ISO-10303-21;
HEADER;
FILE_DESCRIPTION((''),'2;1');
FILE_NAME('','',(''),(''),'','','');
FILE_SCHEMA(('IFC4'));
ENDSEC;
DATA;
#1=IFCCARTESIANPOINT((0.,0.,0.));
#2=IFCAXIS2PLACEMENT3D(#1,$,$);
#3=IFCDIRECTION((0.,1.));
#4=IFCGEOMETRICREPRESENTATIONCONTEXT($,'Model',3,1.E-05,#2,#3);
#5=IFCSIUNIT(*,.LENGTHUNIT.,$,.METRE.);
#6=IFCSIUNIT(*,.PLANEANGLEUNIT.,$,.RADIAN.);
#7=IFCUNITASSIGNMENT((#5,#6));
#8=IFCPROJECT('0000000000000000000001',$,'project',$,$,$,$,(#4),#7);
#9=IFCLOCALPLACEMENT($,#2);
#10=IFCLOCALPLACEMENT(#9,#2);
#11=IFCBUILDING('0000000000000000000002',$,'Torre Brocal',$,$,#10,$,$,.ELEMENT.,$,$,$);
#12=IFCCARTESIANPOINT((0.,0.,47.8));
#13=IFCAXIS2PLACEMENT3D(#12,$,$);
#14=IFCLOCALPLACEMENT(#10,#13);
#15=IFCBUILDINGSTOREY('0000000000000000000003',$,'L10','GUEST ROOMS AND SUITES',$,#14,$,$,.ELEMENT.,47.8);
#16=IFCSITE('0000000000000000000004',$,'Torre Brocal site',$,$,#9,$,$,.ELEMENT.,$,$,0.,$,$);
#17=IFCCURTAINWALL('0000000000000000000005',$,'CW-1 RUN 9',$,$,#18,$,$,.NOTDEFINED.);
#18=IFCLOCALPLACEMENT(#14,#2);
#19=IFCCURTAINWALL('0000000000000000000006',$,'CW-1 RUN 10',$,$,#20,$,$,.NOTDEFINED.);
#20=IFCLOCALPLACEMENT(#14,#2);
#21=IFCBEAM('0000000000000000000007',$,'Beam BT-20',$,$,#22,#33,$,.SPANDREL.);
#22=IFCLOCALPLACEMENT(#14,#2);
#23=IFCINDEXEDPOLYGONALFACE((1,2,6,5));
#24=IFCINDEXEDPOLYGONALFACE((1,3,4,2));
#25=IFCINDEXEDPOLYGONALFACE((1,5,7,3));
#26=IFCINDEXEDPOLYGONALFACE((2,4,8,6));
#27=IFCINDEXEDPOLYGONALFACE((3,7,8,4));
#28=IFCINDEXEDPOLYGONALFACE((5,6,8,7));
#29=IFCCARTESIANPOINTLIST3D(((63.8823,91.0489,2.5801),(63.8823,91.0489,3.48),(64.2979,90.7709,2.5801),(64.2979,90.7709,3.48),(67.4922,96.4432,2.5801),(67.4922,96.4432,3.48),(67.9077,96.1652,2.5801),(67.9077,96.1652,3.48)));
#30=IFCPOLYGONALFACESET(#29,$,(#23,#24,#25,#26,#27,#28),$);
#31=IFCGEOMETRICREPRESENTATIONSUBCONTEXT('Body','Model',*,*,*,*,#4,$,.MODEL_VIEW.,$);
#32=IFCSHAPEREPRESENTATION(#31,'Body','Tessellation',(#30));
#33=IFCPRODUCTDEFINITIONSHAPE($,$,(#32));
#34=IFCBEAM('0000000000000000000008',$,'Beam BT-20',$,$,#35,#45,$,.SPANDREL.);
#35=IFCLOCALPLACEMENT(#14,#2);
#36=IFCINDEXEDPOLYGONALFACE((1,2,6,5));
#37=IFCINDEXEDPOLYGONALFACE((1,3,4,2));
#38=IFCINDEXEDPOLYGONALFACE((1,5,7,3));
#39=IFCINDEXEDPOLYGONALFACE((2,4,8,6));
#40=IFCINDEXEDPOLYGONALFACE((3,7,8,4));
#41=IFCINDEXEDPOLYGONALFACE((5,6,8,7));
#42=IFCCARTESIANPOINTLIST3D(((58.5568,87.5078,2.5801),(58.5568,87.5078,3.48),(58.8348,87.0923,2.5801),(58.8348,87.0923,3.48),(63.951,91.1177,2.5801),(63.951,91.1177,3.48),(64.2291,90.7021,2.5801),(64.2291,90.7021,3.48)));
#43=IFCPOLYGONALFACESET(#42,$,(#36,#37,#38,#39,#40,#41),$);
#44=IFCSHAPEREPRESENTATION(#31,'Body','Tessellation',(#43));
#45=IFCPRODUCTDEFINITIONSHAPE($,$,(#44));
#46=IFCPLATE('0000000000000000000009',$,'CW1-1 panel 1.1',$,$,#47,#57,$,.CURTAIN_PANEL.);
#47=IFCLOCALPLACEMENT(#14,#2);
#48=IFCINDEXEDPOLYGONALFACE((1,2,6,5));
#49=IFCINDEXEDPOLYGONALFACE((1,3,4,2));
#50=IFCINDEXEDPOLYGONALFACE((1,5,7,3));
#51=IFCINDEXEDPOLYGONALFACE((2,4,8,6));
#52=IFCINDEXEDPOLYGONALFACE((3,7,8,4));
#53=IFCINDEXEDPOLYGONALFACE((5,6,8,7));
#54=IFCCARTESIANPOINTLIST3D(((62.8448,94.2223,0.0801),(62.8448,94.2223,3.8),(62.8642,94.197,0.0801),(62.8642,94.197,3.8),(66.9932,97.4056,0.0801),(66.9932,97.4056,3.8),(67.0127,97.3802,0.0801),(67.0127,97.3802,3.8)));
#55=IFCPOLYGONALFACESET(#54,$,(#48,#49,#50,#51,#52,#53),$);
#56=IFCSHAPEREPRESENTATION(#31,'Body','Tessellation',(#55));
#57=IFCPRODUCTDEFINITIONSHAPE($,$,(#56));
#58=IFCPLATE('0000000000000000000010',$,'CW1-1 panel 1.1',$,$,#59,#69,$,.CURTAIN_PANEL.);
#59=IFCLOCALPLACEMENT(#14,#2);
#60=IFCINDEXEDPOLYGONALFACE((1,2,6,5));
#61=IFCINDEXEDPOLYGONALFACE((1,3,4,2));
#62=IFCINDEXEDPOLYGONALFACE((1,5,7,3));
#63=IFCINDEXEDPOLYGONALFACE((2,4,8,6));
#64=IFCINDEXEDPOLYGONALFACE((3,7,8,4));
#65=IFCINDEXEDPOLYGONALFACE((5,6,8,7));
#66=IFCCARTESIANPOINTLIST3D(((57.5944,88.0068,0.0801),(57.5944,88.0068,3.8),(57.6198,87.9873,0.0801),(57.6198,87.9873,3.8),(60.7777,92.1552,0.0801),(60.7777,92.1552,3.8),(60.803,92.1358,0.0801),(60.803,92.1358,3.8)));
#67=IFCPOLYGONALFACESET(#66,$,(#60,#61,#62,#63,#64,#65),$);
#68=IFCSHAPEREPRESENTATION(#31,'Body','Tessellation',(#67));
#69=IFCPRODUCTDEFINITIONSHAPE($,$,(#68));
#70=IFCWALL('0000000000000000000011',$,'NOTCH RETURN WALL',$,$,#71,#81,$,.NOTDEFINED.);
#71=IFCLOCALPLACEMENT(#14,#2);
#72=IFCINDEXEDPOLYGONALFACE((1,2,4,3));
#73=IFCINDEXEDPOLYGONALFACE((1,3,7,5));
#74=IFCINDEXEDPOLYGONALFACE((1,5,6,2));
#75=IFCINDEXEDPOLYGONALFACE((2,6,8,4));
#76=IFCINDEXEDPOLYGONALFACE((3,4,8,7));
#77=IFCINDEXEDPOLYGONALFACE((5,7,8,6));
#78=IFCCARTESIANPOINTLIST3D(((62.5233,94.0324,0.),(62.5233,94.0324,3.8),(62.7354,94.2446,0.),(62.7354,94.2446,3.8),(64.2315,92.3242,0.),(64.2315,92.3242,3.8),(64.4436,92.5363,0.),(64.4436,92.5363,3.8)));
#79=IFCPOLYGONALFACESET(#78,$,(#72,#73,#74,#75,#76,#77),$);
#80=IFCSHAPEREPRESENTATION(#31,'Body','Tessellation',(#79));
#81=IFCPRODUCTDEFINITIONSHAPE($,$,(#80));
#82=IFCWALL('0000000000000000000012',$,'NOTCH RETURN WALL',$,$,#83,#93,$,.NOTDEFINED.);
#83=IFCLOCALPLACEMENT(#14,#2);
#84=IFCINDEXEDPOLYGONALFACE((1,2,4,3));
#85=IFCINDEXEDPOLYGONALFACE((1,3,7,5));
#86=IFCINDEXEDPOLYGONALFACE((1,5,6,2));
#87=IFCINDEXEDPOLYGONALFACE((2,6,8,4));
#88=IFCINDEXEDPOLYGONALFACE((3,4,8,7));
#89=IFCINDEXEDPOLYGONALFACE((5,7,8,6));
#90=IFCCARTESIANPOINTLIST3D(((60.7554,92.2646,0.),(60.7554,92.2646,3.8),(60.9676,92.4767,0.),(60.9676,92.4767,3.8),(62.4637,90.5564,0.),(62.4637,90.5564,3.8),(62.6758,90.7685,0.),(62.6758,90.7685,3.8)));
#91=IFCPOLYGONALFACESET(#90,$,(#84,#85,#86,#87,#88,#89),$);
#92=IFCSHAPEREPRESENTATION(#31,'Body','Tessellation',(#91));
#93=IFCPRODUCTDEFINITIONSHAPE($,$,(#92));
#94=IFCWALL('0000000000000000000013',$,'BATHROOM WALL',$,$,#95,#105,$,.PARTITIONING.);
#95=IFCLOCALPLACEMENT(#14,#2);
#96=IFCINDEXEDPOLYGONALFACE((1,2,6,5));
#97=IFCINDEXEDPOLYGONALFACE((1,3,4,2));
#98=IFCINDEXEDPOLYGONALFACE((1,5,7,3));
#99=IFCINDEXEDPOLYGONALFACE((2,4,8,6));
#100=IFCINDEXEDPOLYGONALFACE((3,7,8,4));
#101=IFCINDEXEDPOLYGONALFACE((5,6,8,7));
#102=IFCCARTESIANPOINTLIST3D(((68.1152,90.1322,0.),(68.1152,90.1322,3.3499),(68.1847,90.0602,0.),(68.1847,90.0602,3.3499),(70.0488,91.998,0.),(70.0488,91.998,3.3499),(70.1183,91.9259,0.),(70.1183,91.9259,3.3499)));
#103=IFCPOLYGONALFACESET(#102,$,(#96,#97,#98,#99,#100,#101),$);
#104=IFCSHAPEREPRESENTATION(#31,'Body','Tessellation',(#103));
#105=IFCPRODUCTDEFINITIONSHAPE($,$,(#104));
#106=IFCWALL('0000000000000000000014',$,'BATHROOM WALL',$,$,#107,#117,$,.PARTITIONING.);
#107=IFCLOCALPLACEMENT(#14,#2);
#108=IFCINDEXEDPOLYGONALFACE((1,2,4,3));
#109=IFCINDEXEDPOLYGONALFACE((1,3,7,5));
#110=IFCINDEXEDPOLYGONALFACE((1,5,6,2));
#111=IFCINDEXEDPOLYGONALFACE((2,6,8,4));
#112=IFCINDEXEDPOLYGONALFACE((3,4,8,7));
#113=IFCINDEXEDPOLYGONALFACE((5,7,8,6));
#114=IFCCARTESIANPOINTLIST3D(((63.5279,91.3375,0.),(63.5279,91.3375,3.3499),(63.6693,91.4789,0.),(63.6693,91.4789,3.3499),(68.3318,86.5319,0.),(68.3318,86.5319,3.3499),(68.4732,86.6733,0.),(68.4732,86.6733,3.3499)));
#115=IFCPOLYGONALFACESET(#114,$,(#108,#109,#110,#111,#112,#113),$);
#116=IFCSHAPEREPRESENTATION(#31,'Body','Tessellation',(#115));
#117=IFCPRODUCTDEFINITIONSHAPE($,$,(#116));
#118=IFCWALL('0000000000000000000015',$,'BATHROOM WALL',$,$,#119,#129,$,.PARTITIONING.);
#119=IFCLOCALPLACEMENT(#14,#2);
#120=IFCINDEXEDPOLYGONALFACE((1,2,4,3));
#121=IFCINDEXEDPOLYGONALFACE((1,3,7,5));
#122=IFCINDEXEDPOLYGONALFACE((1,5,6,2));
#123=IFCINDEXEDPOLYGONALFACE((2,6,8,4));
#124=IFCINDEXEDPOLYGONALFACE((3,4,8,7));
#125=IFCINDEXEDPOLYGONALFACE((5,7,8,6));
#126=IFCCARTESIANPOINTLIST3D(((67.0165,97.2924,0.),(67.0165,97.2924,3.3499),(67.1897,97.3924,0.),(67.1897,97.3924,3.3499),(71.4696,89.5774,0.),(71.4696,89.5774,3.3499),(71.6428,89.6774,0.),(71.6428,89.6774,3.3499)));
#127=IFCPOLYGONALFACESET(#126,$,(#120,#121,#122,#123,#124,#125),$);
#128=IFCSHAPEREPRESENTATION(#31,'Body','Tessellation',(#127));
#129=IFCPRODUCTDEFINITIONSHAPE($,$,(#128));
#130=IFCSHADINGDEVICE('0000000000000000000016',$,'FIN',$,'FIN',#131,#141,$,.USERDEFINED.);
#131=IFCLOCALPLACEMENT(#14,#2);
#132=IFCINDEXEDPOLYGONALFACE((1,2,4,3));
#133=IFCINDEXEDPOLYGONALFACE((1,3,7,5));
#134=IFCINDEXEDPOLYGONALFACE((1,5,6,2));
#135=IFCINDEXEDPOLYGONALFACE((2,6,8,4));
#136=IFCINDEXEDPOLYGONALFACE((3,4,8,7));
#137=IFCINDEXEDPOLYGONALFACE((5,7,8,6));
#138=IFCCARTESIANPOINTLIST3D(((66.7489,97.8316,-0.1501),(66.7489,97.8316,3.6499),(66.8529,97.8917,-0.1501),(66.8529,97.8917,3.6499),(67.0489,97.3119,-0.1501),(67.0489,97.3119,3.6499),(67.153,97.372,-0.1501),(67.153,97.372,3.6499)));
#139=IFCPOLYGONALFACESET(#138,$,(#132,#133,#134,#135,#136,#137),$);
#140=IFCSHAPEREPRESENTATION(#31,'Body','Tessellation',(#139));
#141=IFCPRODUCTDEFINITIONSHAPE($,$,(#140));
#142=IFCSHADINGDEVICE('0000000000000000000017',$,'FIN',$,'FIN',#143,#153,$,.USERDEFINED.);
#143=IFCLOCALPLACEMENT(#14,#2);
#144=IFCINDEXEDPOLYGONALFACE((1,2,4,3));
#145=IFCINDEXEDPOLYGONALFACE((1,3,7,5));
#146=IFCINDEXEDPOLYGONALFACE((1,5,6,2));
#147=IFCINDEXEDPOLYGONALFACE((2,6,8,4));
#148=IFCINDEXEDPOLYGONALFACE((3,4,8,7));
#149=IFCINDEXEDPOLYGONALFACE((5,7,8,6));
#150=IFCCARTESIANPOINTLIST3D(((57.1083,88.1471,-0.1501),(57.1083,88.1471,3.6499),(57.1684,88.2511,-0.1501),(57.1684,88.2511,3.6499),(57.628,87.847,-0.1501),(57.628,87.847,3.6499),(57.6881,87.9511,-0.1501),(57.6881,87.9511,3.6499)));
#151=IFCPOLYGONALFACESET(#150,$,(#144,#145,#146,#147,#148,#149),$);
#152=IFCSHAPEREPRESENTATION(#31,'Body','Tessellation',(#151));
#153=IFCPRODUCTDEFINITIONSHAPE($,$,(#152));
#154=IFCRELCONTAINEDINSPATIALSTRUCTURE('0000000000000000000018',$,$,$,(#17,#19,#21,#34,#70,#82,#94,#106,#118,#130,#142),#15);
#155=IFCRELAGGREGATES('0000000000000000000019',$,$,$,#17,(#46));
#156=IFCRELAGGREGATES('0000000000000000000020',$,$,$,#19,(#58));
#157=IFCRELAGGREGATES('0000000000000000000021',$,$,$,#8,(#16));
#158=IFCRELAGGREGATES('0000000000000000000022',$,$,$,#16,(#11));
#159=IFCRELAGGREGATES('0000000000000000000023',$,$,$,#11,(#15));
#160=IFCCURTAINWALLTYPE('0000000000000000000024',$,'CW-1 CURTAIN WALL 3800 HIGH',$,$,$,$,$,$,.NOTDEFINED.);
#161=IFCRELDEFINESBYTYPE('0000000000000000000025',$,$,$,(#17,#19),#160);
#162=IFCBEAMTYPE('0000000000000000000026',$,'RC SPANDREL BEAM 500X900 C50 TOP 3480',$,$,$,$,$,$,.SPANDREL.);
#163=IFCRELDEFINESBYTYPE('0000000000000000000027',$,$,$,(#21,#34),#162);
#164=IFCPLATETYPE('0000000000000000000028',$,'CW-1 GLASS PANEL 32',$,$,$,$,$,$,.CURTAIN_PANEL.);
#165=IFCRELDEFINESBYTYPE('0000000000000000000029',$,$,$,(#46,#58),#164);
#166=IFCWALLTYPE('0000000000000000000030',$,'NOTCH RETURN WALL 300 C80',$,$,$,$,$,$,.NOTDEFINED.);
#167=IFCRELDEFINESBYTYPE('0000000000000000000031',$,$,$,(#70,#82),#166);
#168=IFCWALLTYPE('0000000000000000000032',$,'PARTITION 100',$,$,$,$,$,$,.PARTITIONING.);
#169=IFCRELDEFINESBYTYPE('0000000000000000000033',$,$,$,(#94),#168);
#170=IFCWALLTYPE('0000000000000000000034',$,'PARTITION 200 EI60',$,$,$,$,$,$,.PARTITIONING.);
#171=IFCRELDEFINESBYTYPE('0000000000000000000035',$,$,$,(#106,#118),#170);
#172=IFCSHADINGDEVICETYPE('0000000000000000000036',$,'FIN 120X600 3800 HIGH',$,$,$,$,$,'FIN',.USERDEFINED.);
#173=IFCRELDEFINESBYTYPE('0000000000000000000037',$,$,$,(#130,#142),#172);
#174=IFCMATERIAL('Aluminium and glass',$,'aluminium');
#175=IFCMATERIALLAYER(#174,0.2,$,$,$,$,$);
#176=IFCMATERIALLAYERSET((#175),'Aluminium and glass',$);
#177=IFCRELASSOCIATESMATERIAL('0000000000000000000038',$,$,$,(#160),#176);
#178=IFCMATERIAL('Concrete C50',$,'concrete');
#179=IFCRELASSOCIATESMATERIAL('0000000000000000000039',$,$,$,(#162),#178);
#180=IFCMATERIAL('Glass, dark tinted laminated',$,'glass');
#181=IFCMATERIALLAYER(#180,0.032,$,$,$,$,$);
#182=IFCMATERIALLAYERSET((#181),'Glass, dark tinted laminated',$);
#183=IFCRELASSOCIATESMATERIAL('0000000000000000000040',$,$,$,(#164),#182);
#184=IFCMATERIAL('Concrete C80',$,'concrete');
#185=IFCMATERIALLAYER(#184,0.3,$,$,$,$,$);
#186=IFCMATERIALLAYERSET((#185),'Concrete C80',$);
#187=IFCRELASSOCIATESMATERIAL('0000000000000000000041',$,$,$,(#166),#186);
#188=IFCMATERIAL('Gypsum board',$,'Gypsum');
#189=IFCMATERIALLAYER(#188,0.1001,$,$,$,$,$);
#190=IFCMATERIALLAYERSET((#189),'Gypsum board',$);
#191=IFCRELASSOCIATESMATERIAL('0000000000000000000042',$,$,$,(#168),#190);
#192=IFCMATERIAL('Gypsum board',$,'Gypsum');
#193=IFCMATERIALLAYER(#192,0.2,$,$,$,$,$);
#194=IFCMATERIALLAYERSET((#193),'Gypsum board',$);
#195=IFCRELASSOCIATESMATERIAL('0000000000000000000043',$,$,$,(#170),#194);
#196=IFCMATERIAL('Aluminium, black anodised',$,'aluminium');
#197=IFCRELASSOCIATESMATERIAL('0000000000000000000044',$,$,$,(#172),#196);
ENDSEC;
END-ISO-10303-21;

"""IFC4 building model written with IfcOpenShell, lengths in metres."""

from ifc_helpers import new_model, si_unit, direction, frame, frame_2d, origin, origin_2d, place, context, subcontext, project, spatial, rectangle, extrude, material, layer, layer_set, material_profile, profile_set, type_object, element, aggregate, save


model = new_model("IFC4")

# Units and contexts
model_context = context("Model", 3, precision=1e-05, world=origin(), true_north=direction((0.0, 1.0)))
body_context = subcontext(model_context, "Body", "Model", "MODEL_VIEW")
ifc_project = project(units=[si_unit("LENGTHUNIT", "METRE"), si_unit("PLANEANGLEUNIT", "RADIAN")], contexts=[model_context])

# Site, building, storey
site_placement = place(None, origin())
site = spatial("IfcSite", under=ifc_project, at=site_placement, Name="Torre Brocal site", CompositionType="ELEMENT", RefElevation=0.0)
building_placement = place(site_placement, origin())
building = spatial("IfcBuilding", under=site, at=building_placement, Name="Torre Brocal", CompositionType="ELEMENT")
storey_placement = place(building_placement, frame((0.0, 0.0, 47.8)))
storey = spatial("IfcBuildingStorey", under=building, at=storey_placement, Name="L10", Description="GUEST ROOMS AND SUITES", CompositionType="ELEMENT", Elevation=47.8)

# Shared definitions
ifc_material_1 = material(Name="Aluminium and glass", Category="aluminium")
ifc_layer_1 = layer(ifc_material_1, 0.2)
ifc_layer_set_1 = layer_set([ifc_layer_1], Name="Aluminium and glass")
curtain_wall_type = type_object("IfcCurtainWallType", Name="CW-1 CURTAIN WALL 3800 HIGH", PredefinedType="NOTDEFINED", material=ifc_layer_set_1)

# Curtain walls
curtain_wall_1_placement = place(storey_placement, origin())
curtain_wall_1 = element("IfcCurtainWall", 1, at=curtain_wall_1_placement, inside=storey, type_object=curtain_wall_type, Name="CW-1 RUN 9", PredefinedType="NOTDEFINED")
curtain_wall_2_placement = place(storey_placement, origin())
curtain_wall_2 = element("IfcCurtainWall", 2, at=curtain_wall_2_placement, inside=storey, type_object=curtain_wall_type, Name="CW-1 RUN 10", PredefinedType="NOTDEFINED")

# Beams
ifc_material_2 = material(Name="Concrete C50", Category="concrete")
ifc_material_profile_1 = material_profile(ifc_material_2, rectangle(XDim=0.5, YDim=0.8999, at=origin_2d()), Name="RC 500X900")
ifc_profile_set_1 = profile_set([ifc_material_profile_1], Name="Concrete C50")
beam_type_1 = type_object("IfcBeamType", Name="RC SPANDREL BEAM 500X900 C50 TOP 3480", PredefinedType="SPANDREL", material=ifc_profile_set_1)
for number, where, z_axis, x_axis, name in (
    (3, (67.7, 96.3042, 3.03), (-0.556158, -0.831077, 0.0), (0.831077, -0.556158, 0.0), "Beam BT-20"),
    (4, (64.0901, 90.9099, 3.03), (-0.831077, -0.556158, 0.0), (0.556158, -0.831077, 0.0), "Beam BT-20"),
):
    element("IfcBeam", number, at=place(storey_placement, frame(where, z_axis=z_axis, x_axis=x_axis)), inside=storey, type_object=beam_type_1, Name=name, PredefinedType="SPANDREL", context=body_context, shape_type="SweptSolid", body=[
        extrude(rectangle(XDim=0.5, YDim=0.8999, at=origin_2d()), origin(), (0.0, 0.0, 1.0), 6.4907),
    ])

# Plates
ifc_material_3 = material(Name="Glass, dark tinted laminated", Category="glass")
ifc_layer_2 = layer(ifc_material_3, 0.032)
ifc_layer_set_2 = layer_set([ifc_layer_2], Name="Glass, dark tinted laminated")
plate_type = type_object("IfcPlateType", Name="CW-1 GLASS PANEL 32", PredefinedType="CURTAIN_PANEL", material=ifc_layer_set_2)
plate_1_placement = place(storey_placement, frame((64.9287, 95.8013, 0.0801), z_axis=(0.0, 0.0, 1.0), x_axis=(-0.793353, -0.608761, 0.0)))
plate_1 = element("IfcPlate", 5, at=plate_1_placement, type_object=plate_type, Name="CW1-1 panel 1.1", PredefinedType="CURTAIN_PANEL", context=body_context, shape_type="SweptSolid", body=[
    extrude(rectangle(XDim=5.229, YDim=0.032, at=origin_2d()), origin(), (0.0, 0.0, 1.0), 3.72),
])
aggregate(curtain_wall_1, [plate_1])
plate_2_placement = place(storey_placement, frame((59.1987, 90.0713, 0.0801), z_axis=(0.0, 0.0, 1.0), x_axis=(-0.608761, -0.793353, 0.0)))
plate_2 = element("IfcPlate", 6, at=plate_2_placement, type_object=plate_type, Name="CW1-1 panel 1.1", PredefinedType="CURTAIN_PANEL", context=body_context, shape_type="SweptSolid", body=[
    extrude(rectangle(XDim=5.229, YDim=0.032, at=origin_2d()), origin(), (0.0, 0.0, 1.0), 3.72),
])
aggregate(curtain_wall_2, [plate_2])

# Walls
ifc_material_4 = material(Name="Concrete C80", Category="concrete")
ifc_layer_3 = layer(ifc_material_4, 0.3)
ifc_layer_set_3 = layer_set([ifc_layer_3], Name="Concrete C80")
wall_type_1 = type_object("IfcWallType", Name="NOTCH RETURN WALL 300 C80", PredefinedType="NOTDEFINED", material=ifc_layer_set_3)
for number, where, z_axis, x_axis, name in (
    (7, (64.3376, 92.4302, 0.0), (0.0, 0.0, 1.0), (-0.707107, 0.707107, 0.0), "NOTCH RETURN WALL"),
    (8, (62.5698, 90.6624, 0.0), (0.0, 0.0, 1.0), (-0.707107, 0.707107, 0.0), "NOTCH RETURN WALL"),
):
    element("IfcWall", number, at=place(storey_placement, frame(where, z_axis=z_axis, x_axis=x_axis)), inside=storey, type_object=wall_type_1, Name=name, PredefinedType="NOTDEFINED", context=body_context, shape_type="SweptSolid", body=[
        extrude(rectangle(XDim=2.4158, YDim=0.3, at=frame_2d((1.208, 0.0))), origin(), (0.0, 0.0, 1.0), 3.8),
    ])
ifc_material_5 = material(Name="Gypsum board", Category="Gypsum")
ifc_layer_4 = layer(ifc_material_5, 0.1001)
ifc_layer_set_4 = layer_set([ifc_layer_4], Name="Gypsum board")
wall_type_2 = type_object("IfcWallType", Name="PARTITION 100", PredefinedType="PARTITIONING", material=ifc_layer_set_4)
wall_1_placement = place(storey_placement, frame((68.1499, 90.0962, 0.0), z_axis=(0.0, 0.0, 1.0), x_axis=(0.719624, 0.694364, 0.0)))
element("IfcWall", 9, at=wall_1_placement, inside=storey, type_object=wall_type_2, Name="BATHROOM WALL", PredefinedType="PARTITIONING", context=body_context, shape_type="SweptSolid", body=[
    extrude(rectangle(XDim=2.687, YDim=0.1001, at=frame_2d((1.3435, 0.0))), origin(), (0.0, 0.0, 1.0), 3.3499),
])
ifc_material_6 = material(Name="Gypsum board", Category="Gypsum")
ifc_layer_5 = layer(ifc_material_6, 0.2)
ifc_layer_set_5 = layer_set([ifc_layer_5], Name="Gypsum board")
wall_type_3 = type_object("IfcWallType", Name="PARTITION 200 EI60", PredefinedType="PARTITIONING", material=ifc_layer_set_5)
wall_2_placement = place(storey_placement, frame((63.5986, 91.4082, 0.0), z_axis=(0.0, 0.0, 1.0), x_axis=(0.706981, -0.707233, 0.0)))
element("IfcWall", 10, at=wall_2_placement, inside=storey, type_object=wall_type_3, Name="BATHROOM WALL", PredefinedType="PARTITIONING", context=body_context, shape_type="SweptSolid", body=[
    extrude(rectangle(XDim=6.7949, YDim=0.2, at=frame_2d((3.3975, 0.0))), origin(), (0.0, 0.0, 1.0), 3.3499),
])
wall_3_placement = place(storey_placement, frame((67.103, 97.3425, 0.0), z_axis=(0.0, 0.0, 1.0), x_axis=(0.4999, -0.866083, 0.0)))
element("IfcWall", 11, at=wall_3_placement, inside=storey, type_object=wall_type_3, Name="BATHROOM WALL", PredefinedType="PARTITIONING", context=body_context, shape_type="SweptSolid", body=[
    extrude(rectangle(XDim=8.908, YDim=0.2, at=frame_2d((4.4541, 0.0))), origin(), (0.0, 0.0, 1.0), 3.3499),
])

# Shading devices
ifc_material_7 = material(Name="Aluminium, black anodised", Category="aluminium")
ifc_material_profile_2 = material_profile(ifc_material_7, rectangle(XDim=0.1201, YDim=0.6001, at=origin_2d()), Name="FIN 120X600 3800 HIGH")
ifc_profile_set_2 = profile_set([ifc_material_profile_2], Name="Aluminium, black anodised")
shading_device_type = type_object("IfcShadingDeviceType", Name="FIN 120X600 3800 HIGH", ElementType="FIN", PredefinedType="USERDEFINED", material=ifc_profile_set_2)
for number, where, z_axis, x_axis, name in (
    (12, (66.9509, 97.6018, -0.1501), (0.0, 0.0, 1.0), (-0.866025, -0.5, 0.0), "FIN"),
    (13, (57.3982, 88.0491, -0.1501), (0.0, 0.0, 1.0), (-0.5, -0.866025, 0.0), "FIN"),
):
    element("IfcShadingDevice", number, at=place(storey_placement, frame(where, z_axis=z_axis, x_axis=x_axis)), inside=storey, type_object=shading_device_type, Name=name, ObjectType="FIN", PredefinedType="USERDEFINED", context=body_context, shape_type="SweptSolid", body=[
        extrude(rectangle(XDim=0.1201, YDim=0.6001, at=origin_2d()), origin(), (0.0, 0.0, 1.0), 3.8),
    ])

save(model, "model.ifc")
